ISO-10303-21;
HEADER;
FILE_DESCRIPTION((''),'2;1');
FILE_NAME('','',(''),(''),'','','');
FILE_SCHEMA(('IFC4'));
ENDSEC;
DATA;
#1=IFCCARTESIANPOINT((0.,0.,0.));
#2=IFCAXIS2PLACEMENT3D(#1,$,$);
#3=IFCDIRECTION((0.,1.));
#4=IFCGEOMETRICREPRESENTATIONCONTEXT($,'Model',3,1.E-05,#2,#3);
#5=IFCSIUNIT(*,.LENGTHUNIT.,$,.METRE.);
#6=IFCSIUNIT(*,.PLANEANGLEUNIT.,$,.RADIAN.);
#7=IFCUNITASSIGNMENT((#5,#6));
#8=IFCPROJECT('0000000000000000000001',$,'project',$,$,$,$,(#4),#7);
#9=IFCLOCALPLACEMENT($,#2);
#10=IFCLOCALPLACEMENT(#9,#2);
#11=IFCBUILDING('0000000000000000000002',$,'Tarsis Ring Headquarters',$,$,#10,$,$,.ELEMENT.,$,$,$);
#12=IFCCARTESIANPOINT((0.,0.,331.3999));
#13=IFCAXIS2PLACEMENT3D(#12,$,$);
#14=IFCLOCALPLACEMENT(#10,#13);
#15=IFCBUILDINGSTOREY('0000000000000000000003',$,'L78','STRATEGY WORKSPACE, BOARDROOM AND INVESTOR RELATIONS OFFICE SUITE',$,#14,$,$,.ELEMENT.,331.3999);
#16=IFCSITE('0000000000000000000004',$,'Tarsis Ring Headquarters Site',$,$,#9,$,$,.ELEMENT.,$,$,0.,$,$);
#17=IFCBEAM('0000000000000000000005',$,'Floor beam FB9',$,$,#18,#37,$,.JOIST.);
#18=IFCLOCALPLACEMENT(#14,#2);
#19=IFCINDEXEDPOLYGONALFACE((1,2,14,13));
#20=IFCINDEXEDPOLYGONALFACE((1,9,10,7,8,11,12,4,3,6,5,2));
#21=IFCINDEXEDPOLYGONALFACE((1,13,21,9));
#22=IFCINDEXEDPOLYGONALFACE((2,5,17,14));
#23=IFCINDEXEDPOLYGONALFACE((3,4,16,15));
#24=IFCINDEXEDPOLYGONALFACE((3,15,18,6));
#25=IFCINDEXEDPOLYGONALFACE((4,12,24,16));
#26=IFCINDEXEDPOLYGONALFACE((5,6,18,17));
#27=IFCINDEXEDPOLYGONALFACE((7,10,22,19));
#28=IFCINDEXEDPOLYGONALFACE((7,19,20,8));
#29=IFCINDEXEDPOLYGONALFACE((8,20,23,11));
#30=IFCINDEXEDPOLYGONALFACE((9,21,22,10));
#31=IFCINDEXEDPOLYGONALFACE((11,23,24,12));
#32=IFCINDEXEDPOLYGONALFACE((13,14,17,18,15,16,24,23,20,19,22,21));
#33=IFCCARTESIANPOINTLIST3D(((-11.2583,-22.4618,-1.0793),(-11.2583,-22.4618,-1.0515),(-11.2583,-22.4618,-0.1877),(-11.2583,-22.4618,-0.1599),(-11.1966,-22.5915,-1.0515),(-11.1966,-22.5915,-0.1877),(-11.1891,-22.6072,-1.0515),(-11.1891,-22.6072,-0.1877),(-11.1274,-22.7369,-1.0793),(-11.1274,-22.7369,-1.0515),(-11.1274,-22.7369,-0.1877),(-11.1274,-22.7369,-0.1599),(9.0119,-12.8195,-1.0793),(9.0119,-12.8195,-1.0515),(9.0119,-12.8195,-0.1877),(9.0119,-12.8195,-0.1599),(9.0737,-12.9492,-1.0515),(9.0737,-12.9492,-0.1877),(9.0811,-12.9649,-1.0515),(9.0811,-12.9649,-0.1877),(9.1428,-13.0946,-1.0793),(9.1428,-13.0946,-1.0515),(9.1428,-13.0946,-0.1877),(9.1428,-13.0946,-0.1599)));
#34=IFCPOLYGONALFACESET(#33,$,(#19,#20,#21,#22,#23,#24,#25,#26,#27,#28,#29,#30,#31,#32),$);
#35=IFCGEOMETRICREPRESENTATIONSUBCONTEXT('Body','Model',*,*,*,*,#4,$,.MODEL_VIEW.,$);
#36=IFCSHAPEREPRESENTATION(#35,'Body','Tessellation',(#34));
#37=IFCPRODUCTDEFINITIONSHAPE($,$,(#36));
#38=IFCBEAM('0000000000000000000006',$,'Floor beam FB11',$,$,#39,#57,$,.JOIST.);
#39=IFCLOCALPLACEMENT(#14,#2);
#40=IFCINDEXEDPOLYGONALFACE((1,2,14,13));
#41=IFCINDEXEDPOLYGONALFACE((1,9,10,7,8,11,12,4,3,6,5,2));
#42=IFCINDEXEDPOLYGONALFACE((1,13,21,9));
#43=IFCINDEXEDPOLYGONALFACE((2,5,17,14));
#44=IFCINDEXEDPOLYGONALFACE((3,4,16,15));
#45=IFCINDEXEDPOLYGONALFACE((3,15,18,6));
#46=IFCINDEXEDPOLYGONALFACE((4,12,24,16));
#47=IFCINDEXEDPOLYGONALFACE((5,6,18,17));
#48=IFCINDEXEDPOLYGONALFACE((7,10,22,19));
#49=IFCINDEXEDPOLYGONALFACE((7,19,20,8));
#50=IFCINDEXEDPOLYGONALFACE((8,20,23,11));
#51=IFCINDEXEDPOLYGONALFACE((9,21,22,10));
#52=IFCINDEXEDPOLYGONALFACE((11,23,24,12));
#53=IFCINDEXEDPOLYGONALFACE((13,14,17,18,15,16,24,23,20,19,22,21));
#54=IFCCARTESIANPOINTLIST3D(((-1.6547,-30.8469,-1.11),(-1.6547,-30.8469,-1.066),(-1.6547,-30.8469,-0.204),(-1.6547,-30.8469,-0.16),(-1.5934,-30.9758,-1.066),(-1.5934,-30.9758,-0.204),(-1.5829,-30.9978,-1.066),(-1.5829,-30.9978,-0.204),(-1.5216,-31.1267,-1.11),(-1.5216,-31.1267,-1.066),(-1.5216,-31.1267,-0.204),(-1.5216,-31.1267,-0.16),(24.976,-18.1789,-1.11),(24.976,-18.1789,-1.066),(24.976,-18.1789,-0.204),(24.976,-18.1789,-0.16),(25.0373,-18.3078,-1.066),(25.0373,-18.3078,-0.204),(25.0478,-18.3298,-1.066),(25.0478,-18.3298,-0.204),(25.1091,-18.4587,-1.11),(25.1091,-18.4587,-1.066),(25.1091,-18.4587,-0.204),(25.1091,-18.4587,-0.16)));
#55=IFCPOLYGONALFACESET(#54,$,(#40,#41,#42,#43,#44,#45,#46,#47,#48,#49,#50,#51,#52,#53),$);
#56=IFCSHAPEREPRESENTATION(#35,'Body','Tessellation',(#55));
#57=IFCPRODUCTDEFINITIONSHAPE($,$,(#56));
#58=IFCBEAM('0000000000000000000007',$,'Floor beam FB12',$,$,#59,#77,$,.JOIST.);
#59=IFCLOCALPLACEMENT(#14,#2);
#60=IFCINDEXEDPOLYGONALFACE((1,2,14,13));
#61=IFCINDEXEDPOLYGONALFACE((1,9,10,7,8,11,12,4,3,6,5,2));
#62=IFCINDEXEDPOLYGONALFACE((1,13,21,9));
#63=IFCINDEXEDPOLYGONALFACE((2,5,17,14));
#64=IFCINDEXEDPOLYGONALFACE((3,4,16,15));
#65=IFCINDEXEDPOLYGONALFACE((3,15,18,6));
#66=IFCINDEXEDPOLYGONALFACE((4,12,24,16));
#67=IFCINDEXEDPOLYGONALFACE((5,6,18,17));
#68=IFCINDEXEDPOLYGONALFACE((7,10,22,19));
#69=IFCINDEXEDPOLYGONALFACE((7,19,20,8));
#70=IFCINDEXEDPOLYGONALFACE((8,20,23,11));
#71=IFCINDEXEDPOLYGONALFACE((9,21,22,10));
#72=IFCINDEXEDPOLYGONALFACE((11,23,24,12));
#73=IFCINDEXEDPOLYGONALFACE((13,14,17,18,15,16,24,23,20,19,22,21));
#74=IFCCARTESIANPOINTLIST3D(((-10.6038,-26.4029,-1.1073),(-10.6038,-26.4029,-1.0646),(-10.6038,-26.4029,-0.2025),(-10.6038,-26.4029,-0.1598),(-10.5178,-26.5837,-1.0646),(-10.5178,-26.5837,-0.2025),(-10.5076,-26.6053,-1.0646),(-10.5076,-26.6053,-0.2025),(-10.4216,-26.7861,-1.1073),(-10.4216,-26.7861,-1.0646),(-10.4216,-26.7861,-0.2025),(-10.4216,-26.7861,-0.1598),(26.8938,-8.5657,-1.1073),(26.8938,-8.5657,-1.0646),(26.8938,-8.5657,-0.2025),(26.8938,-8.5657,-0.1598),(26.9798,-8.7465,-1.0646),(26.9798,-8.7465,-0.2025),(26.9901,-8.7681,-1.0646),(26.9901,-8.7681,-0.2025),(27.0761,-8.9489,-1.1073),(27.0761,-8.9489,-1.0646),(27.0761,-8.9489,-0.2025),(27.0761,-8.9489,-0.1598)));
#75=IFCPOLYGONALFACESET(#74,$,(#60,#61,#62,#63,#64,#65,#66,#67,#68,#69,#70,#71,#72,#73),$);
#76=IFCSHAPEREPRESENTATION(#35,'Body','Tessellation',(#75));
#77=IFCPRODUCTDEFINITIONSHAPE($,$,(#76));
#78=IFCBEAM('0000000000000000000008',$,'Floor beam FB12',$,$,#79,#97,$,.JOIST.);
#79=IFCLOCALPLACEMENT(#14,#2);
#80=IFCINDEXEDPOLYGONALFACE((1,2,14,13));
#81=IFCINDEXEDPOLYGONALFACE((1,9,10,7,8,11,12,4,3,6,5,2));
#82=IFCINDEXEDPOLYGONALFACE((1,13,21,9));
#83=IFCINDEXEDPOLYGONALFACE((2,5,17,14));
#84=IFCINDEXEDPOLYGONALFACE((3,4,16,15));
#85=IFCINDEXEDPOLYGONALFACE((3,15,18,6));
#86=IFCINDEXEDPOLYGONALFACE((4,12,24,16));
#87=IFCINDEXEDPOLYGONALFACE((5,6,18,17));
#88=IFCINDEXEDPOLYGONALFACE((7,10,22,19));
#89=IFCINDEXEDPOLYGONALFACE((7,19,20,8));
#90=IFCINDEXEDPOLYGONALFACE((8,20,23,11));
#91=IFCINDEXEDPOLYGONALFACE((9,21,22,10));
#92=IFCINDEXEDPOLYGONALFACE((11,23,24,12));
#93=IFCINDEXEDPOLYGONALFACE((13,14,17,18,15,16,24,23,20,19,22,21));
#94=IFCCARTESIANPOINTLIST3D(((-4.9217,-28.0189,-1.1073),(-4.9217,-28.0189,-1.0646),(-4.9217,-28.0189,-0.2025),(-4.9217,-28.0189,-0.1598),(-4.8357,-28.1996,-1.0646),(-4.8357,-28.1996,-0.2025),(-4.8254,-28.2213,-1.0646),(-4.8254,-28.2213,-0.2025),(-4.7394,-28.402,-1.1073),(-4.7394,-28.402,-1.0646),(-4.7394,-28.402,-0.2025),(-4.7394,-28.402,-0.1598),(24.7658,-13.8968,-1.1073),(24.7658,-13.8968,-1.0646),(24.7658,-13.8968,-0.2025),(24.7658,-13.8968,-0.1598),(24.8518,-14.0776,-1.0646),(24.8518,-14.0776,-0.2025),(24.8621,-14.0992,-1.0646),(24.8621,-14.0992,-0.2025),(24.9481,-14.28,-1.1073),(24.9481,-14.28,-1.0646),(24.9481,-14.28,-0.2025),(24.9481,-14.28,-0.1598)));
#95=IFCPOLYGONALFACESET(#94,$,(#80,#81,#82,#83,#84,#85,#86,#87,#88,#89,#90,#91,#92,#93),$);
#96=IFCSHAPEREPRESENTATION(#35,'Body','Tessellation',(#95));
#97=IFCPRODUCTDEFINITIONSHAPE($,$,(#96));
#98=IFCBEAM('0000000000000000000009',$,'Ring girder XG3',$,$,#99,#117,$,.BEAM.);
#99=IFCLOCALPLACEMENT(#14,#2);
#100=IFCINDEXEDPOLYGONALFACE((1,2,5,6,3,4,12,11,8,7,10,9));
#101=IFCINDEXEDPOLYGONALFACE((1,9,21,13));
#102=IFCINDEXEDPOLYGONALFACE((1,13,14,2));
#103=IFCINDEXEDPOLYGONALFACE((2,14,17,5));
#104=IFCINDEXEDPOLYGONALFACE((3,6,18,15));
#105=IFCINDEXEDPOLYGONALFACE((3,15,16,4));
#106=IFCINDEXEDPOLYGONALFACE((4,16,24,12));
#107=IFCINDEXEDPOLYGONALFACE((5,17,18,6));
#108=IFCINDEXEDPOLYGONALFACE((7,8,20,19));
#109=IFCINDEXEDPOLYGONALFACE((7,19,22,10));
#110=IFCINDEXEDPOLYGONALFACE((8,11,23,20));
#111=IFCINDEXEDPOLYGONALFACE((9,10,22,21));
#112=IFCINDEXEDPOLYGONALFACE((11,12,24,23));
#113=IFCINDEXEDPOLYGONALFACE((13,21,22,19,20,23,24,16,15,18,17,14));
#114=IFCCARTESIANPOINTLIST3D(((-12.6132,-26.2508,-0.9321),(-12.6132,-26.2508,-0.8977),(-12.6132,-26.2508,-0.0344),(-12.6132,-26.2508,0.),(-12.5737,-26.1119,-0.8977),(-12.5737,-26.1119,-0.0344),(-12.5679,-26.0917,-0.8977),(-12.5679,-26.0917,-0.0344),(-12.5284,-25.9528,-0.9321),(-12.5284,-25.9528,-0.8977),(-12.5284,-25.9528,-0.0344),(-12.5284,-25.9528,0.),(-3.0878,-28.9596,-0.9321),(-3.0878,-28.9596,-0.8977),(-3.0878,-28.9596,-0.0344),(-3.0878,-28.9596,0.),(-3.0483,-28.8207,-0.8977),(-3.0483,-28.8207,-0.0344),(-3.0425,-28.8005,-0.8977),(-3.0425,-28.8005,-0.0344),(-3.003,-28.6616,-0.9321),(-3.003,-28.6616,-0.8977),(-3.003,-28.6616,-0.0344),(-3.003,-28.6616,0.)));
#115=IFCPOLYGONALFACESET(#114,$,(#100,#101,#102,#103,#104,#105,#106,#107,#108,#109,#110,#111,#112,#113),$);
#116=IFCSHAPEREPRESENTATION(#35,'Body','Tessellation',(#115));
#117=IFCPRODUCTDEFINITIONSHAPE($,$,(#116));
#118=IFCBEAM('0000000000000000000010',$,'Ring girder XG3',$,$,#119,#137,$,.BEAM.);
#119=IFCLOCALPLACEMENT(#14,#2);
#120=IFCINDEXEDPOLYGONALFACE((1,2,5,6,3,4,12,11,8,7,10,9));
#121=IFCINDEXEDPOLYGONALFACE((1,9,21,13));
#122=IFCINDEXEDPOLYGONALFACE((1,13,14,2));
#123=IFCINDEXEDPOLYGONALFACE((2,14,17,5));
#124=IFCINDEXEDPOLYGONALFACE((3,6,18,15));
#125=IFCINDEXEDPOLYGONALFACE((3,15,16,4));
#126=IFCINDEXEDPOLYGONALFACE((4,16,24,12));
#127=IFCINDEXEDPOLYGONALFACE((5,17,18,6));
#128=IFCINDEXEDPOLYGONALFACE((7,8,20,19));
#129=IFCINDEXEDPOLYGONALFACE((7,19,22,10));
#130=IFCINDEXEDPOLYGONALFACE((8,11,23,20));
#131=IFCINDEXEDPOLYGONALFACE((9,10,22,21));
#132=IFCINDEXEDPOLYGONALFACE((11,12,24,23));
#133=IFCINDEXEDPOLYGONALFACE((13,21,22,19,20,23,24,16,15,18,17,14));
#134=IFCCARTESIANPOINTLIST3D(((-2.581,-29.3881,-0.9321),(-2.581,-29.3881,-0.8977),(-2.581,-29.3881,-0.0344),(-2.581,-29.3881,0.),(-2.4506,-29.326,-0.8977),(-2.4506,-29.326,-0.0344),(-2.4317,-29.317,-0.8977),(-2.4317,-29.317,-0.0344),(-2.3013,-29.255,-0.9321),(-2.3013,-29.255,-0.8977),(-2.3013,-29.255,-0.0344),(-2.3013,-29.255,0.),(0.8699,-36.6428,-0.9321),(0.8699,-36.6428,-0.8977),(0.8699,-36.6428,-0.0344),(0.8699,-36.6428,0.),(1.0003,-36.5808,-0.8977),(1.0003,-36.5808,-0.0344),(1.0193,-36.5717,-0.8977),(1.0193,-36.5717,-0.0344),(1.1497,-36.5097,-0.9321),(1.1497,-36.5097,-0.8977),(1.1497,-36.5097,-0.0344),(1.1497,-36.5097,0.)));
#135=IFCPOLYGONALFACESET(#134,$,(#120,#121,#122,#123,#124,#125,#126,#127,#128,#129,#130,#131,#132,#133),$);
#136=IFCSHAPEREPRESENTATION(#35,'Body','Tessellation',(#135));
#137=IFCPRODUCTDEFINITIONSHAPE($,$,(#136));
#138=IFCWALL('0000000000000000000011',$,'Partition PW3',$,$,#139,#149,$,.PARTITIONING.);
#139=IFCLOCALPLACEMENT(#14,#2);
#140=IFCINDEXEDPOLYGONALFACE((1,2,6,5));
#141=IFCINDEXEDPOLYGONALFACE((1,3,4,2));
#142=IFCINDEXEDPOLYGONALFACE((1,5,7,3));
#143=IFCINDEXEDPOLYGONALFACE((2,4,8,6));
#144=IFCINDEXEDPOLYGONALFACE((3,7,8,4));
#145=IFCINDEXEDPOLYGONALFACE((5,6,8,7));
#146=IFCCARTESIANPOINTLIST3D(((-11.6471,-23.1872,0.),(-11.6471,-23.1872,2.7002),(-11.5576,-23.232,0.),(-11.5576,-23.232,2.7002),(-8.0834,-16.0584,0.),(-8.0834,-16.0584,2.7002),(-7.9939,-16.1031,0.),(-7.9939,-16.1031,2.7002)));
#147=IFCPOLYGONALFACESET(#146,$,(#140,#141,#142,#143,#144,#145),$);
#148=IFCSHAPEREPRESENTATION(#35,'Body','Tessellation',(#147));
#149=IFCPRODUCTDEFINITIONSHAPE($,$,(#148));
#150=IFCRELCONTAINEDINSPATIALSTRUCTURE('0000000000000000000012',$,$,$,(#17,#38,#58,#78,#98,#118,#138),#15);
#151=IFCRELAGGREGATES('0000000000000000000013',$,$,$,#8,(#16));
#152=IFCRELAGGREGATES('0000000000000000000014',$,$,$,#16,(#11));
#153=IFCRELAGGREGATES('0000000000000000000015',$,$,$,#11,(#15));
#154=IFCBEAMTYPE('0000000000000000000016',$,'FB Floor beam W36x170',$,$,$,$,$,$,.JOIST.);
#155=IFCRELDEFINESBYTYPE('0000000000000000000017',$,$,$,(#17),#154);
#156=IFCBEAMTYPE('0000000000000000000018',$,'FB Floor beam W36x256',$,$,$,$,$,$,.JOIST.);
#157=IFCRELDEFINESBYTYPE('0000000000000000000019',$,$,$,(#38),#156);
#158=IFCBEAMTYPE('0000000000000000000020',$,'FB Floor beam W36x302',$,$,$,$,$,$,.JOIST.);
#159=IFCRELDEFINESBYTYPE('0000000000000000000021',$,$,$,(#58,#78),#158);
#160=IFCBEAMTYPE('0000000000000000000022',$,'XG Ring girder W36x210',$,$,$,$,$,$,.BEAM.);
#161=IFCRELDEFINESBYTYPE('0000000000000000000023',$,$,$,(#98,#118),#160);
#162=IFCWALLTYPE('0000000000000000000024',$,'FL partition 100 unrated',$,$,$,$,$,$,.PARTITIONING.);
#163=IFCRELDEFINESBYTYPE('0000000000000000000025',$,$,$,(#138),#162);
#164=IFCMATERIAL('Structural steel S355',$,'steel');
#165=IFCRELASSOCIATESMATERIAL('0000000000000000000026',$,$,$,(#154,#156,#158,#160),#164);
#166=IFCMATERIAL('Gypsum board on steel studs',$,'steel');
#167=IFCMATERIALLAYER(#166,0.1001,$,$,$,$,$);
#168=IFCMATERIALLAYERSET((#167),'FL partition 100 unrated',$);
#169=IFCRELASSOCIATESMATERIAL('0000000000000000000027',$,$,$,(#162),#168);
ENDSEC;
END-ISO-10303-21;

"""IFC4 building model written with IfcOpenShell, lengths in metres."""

from ifc_helpers import new_model, si_unit, direction, frame, frame_2d, origin, origin_2d, place, context, subcontext, project, spatial, rectangle, i_section, extrude, material, layer, layer_set, material_profile, profile_set, type_object, element, save


model = new_model("IFC4")

# Units and contexts
model_context = context("Model", 3, precision=1e-05, world=origin(), true_north=direction((0.0, 1.0)))
body_context = subcontext(model_context, "Body", "Model", "MODEL_VIEW")
ifc_project = project(units=[si_unit("LENGTHUNIT", "METRE"), si_unit("PLANEANGLEUNIT", "RADIAN")], contexts=[model_context])

# Site, building, storey
site_placement = place(None, origin())
site = spatial("IfcSite", under=ifc_project, at=site_placement, Name="Tarsis Ring Headquarters Site", CompositionType="ELEMENT", RefElevation=0.0)
building_placement = place(site_placement, origin())
building = spatial("IfcBuilding", under=site, at=building_placement, Name="Tarsis Ring Headquarters", CompositionType="ELEMENT")
storey_placement = place(building_placement, frame((0.0, 0.0, 331.3999)))
storey = spatial("IfcBuildingStorey", under=building, at=storey_placement, Name="L78", Description="STRATEGY WORKSPACE, BOARDROOM AND INVESTOR RELATIONS OFFICE SUITE", CompositionType="ELEMENT", Elevation=331.3999)

# Shared definitions
ifc_material_1 = material(Name="Structural steel S355", Category="steel")

# Beams
ifc_material_profile_1 = material_profile(ifc_material_1, i_section(OverallWidth=0.3047, OverallDepth=0.9194, WebThickness=0.0173, FlangeThickness=0.0278, at=origin_2d()), Name="W36x170")
ifc_profile_set_1 = profile_set([ifc_material_profile_1], Name="Structural steel S355")
beam_type_1 = type_object("IfcBeamType", Name="FB Floor beam W36x170", PredefinedType="JOIST", material=ifc_profile_set_1)
beam_1_placement = place(storey_placement, frame((-11.1929, -22.5994, -0.6196), z_axis=(0.903036, 0.429564, 0.0), x_axis=(-0.429564, 0.903036, 0.0)))
element("IfcBeam", 1, at=beam_1_placement, inside=storey, type_object=beam_type_1, Name="Floor beam FB9", PredefinedType="JOIST", context=body_context, shape_type="SweptSolid", body=[
    extrude(i_section(OverallWidth=0.3047, OverallDepth=0.9194, WebThickness=0.0173, FlangeThickness=0.0278, at=origin_2d()), origin(), (0.0, 0.0, 1.0), 22.4468),
])
ifc_material_profile_2 = material_profile(ifc_material_1, i_section(OverallWidth=0.3098, OverallDepth=0.95, WebThickness=0.0244, FlangeThickness=0.0439, at=origin_2d()), Name="W36x256")
ifc_profile_set_2 = profile_set([ifc_material_profile_2], Name="Structural steel S355")
beam_type_2 = type_object("IfcBeamType", Name="FB Floor beam W36x256", PredefinedType="JOIST", material=ifc_profile_set_2)
beam_2_placement = place(storey_placement, frame((-1.5881, -30.9868, -0.635), z_axis=(0.903035, 0.429567, 0.0), x_axis=(-0.429567, 0.903035, 0.0)))
element("IfcBeam", 2, at=beam_2_placement, inside=storey, type_object=beam_type_2, Name="Floor beam FB11", PredefinedType="JOIST", context=body_context, shape_type="SweptSolid", body=[
    extrude(i_section(OverallWidth=0.3098, OverallDepth=0.95, WebThickness=0.0244, FlangeThickness=0.0439, at=origin_2d()), origin(), (0.0, 0.0, 1.0), 29.4902),
])
ifc_material_profile_3 = material_profile(ifc_material_1, i_section(OverallWidth=0.4243, OverallDepth=0.9475, WebThickness=0.0239, FlangeThickness=0.0427, at=origin_2d()), Name="W36x302")
ifc_profile_set_3 = profile_set([ifc_material_profile_3], Name="Structural steel S355")
beam_type_3 = type_object("IfcBeamType", Name="FB Floor beam W36x302", PredefinedType="JOIST", material=ifc_profile_set_3)
beam_3_placement = place(storey_placement, frame((-10.5127, -26.5945, -0.6335), z_axis=(0.903036, 0.429564, 0.0), x_axis=(-0.429564, 0.903036, 0.0)))
element("IfcBeam", 3, at=beam_3_placement, inside=storey, type_object=beam_type_3, Name="Floor beam FB12", PredefinedType="JOIST", context=body_context, shape_type="SweptSolid", body=[
    extrude(i_section(OverallWidth=0.4243, OverallDepth=0.9475, WebThickness=0.0239, FlangeThickness=0.0427, at=origin_2d()), origin(), (0.0, 0.0, 1.0), 41.5239),
])
beam_4_placement = place(storey_placement, frame((-4.8306, -28.2104, -0.6335), z_axis=(0.903036, 0.429566, 0.0), x_axis=(-0.429566, 0.903036, 0.0)))
element("IfcBeam", 4, at=beam_4_placement, inside=storey, type_object=beam_type_3, Name="Floor beam FB12", PredefinedType="JOIST", context=body_context, shape_type="SweptSolid", body=[
    extrude(i_section(OverallWidth=0.4243, OverallDepth=0.9475, WebThickness=0.0239, FlangeThickness=0.0427, at=origin_2d()), origin(), (0.0, 0.0, 1.0), 32.8752),
])
ifc_material_profile_4 = material_profile(ifc_material_1, i_section(OverallWidth=0.3098, OverallDepth=0.9321, WebThickness=0.021, FlangeThickness=0.0344, at=origin_2d()), Name="W36x210")
ifc_profile_set_4 = profile_set([ifc_material_profile_4], Name="Structural steel S355")
beam_type_4 = type_object("IfcBeamType", Name="XG Ring girder W36x210", PredefinedType="BEAM", material=ifc_profile_set_4)
beam_5_placement = place(storey_placement, frame((-12.5708, -26.1018, -0.4661), z_axis=(0.961865, -0.273526, 0.0), x_axis=(0.273526, 0.961865, 0.0)))
element("IfcBeam", 5, at=beam_5_placement, inside=storey, type_object=beam_type_4, Name="Ring girder XG3", PredefinedType="BEAM", context=body_context, shape_type="SweptSolid", body=[
    extrude(i_section(OverallWidth=0.3098, OverallDepth=0.9321, WebThickness=0.021, FlangeThickness=0.0344, at=origin_2d()), origin(), (0.0, 0.0, 1.0), 9.9031),
])
beam_6_placement = place(storey_placement, frame((-2.4412, -29.3215, -0.4661), z_axis=(0.429562, -0.903037, 0.0), x_axis=(0.903037, 0.429562, 0.0)))
element("IfcBeam", 6, at=beam_6_placement, inside=storey, type_object=beam_type_4, Name="Ring girder XG3", PredefinedType="BEAM", context=body_context, shape_type="SweptSolid", body=[
    extrude(i_section(OverallWidth=0.3098, OverallDepth=0.9321, WebThickness=0.021, FlangeThickness=0.0344, at=origin_2d()), origin(), (0.0, 0.0, 1.0), 8.0337),
])

# Wall
ifc_material_2 = material(Name="Gypsum board on steel studs", Category="steel")
ifc_layer_1 = layer(ifc_material_2, 0.1001)
ifc_layer_set_1 = layer_set([ifc_layer_1], Name="FL partition 100 unrated")
wall_type_1 = type_object("IfcWallType", Name="FL partition 100 unrated", PredefinedType="PARTITIONING", material=ifc_layer_set_1)
wall_1_placement = place(storey_placement, frame((-11.6023, -23.2095, 0.0), z_axis=(0.0, 0.0, 1.0), x_axis=(0.44714, 0.894464, 0.0)))
element("IfcWall", 7, at=wall_1_placement, inside=storey, type_object=wall_type_1, Name="Partition PW3", PredefinedType="PARTITIONING", context=body_context, shape_type="SweptSolid", body=[
    extrude(rectangle(XDim=7.97, YDim=0.1001, at=frame_2d((3.9849, 0.0))), origin(), (0.0, 0.0, 1.0), 2.7002),
])

save(model, "model.ifc")
